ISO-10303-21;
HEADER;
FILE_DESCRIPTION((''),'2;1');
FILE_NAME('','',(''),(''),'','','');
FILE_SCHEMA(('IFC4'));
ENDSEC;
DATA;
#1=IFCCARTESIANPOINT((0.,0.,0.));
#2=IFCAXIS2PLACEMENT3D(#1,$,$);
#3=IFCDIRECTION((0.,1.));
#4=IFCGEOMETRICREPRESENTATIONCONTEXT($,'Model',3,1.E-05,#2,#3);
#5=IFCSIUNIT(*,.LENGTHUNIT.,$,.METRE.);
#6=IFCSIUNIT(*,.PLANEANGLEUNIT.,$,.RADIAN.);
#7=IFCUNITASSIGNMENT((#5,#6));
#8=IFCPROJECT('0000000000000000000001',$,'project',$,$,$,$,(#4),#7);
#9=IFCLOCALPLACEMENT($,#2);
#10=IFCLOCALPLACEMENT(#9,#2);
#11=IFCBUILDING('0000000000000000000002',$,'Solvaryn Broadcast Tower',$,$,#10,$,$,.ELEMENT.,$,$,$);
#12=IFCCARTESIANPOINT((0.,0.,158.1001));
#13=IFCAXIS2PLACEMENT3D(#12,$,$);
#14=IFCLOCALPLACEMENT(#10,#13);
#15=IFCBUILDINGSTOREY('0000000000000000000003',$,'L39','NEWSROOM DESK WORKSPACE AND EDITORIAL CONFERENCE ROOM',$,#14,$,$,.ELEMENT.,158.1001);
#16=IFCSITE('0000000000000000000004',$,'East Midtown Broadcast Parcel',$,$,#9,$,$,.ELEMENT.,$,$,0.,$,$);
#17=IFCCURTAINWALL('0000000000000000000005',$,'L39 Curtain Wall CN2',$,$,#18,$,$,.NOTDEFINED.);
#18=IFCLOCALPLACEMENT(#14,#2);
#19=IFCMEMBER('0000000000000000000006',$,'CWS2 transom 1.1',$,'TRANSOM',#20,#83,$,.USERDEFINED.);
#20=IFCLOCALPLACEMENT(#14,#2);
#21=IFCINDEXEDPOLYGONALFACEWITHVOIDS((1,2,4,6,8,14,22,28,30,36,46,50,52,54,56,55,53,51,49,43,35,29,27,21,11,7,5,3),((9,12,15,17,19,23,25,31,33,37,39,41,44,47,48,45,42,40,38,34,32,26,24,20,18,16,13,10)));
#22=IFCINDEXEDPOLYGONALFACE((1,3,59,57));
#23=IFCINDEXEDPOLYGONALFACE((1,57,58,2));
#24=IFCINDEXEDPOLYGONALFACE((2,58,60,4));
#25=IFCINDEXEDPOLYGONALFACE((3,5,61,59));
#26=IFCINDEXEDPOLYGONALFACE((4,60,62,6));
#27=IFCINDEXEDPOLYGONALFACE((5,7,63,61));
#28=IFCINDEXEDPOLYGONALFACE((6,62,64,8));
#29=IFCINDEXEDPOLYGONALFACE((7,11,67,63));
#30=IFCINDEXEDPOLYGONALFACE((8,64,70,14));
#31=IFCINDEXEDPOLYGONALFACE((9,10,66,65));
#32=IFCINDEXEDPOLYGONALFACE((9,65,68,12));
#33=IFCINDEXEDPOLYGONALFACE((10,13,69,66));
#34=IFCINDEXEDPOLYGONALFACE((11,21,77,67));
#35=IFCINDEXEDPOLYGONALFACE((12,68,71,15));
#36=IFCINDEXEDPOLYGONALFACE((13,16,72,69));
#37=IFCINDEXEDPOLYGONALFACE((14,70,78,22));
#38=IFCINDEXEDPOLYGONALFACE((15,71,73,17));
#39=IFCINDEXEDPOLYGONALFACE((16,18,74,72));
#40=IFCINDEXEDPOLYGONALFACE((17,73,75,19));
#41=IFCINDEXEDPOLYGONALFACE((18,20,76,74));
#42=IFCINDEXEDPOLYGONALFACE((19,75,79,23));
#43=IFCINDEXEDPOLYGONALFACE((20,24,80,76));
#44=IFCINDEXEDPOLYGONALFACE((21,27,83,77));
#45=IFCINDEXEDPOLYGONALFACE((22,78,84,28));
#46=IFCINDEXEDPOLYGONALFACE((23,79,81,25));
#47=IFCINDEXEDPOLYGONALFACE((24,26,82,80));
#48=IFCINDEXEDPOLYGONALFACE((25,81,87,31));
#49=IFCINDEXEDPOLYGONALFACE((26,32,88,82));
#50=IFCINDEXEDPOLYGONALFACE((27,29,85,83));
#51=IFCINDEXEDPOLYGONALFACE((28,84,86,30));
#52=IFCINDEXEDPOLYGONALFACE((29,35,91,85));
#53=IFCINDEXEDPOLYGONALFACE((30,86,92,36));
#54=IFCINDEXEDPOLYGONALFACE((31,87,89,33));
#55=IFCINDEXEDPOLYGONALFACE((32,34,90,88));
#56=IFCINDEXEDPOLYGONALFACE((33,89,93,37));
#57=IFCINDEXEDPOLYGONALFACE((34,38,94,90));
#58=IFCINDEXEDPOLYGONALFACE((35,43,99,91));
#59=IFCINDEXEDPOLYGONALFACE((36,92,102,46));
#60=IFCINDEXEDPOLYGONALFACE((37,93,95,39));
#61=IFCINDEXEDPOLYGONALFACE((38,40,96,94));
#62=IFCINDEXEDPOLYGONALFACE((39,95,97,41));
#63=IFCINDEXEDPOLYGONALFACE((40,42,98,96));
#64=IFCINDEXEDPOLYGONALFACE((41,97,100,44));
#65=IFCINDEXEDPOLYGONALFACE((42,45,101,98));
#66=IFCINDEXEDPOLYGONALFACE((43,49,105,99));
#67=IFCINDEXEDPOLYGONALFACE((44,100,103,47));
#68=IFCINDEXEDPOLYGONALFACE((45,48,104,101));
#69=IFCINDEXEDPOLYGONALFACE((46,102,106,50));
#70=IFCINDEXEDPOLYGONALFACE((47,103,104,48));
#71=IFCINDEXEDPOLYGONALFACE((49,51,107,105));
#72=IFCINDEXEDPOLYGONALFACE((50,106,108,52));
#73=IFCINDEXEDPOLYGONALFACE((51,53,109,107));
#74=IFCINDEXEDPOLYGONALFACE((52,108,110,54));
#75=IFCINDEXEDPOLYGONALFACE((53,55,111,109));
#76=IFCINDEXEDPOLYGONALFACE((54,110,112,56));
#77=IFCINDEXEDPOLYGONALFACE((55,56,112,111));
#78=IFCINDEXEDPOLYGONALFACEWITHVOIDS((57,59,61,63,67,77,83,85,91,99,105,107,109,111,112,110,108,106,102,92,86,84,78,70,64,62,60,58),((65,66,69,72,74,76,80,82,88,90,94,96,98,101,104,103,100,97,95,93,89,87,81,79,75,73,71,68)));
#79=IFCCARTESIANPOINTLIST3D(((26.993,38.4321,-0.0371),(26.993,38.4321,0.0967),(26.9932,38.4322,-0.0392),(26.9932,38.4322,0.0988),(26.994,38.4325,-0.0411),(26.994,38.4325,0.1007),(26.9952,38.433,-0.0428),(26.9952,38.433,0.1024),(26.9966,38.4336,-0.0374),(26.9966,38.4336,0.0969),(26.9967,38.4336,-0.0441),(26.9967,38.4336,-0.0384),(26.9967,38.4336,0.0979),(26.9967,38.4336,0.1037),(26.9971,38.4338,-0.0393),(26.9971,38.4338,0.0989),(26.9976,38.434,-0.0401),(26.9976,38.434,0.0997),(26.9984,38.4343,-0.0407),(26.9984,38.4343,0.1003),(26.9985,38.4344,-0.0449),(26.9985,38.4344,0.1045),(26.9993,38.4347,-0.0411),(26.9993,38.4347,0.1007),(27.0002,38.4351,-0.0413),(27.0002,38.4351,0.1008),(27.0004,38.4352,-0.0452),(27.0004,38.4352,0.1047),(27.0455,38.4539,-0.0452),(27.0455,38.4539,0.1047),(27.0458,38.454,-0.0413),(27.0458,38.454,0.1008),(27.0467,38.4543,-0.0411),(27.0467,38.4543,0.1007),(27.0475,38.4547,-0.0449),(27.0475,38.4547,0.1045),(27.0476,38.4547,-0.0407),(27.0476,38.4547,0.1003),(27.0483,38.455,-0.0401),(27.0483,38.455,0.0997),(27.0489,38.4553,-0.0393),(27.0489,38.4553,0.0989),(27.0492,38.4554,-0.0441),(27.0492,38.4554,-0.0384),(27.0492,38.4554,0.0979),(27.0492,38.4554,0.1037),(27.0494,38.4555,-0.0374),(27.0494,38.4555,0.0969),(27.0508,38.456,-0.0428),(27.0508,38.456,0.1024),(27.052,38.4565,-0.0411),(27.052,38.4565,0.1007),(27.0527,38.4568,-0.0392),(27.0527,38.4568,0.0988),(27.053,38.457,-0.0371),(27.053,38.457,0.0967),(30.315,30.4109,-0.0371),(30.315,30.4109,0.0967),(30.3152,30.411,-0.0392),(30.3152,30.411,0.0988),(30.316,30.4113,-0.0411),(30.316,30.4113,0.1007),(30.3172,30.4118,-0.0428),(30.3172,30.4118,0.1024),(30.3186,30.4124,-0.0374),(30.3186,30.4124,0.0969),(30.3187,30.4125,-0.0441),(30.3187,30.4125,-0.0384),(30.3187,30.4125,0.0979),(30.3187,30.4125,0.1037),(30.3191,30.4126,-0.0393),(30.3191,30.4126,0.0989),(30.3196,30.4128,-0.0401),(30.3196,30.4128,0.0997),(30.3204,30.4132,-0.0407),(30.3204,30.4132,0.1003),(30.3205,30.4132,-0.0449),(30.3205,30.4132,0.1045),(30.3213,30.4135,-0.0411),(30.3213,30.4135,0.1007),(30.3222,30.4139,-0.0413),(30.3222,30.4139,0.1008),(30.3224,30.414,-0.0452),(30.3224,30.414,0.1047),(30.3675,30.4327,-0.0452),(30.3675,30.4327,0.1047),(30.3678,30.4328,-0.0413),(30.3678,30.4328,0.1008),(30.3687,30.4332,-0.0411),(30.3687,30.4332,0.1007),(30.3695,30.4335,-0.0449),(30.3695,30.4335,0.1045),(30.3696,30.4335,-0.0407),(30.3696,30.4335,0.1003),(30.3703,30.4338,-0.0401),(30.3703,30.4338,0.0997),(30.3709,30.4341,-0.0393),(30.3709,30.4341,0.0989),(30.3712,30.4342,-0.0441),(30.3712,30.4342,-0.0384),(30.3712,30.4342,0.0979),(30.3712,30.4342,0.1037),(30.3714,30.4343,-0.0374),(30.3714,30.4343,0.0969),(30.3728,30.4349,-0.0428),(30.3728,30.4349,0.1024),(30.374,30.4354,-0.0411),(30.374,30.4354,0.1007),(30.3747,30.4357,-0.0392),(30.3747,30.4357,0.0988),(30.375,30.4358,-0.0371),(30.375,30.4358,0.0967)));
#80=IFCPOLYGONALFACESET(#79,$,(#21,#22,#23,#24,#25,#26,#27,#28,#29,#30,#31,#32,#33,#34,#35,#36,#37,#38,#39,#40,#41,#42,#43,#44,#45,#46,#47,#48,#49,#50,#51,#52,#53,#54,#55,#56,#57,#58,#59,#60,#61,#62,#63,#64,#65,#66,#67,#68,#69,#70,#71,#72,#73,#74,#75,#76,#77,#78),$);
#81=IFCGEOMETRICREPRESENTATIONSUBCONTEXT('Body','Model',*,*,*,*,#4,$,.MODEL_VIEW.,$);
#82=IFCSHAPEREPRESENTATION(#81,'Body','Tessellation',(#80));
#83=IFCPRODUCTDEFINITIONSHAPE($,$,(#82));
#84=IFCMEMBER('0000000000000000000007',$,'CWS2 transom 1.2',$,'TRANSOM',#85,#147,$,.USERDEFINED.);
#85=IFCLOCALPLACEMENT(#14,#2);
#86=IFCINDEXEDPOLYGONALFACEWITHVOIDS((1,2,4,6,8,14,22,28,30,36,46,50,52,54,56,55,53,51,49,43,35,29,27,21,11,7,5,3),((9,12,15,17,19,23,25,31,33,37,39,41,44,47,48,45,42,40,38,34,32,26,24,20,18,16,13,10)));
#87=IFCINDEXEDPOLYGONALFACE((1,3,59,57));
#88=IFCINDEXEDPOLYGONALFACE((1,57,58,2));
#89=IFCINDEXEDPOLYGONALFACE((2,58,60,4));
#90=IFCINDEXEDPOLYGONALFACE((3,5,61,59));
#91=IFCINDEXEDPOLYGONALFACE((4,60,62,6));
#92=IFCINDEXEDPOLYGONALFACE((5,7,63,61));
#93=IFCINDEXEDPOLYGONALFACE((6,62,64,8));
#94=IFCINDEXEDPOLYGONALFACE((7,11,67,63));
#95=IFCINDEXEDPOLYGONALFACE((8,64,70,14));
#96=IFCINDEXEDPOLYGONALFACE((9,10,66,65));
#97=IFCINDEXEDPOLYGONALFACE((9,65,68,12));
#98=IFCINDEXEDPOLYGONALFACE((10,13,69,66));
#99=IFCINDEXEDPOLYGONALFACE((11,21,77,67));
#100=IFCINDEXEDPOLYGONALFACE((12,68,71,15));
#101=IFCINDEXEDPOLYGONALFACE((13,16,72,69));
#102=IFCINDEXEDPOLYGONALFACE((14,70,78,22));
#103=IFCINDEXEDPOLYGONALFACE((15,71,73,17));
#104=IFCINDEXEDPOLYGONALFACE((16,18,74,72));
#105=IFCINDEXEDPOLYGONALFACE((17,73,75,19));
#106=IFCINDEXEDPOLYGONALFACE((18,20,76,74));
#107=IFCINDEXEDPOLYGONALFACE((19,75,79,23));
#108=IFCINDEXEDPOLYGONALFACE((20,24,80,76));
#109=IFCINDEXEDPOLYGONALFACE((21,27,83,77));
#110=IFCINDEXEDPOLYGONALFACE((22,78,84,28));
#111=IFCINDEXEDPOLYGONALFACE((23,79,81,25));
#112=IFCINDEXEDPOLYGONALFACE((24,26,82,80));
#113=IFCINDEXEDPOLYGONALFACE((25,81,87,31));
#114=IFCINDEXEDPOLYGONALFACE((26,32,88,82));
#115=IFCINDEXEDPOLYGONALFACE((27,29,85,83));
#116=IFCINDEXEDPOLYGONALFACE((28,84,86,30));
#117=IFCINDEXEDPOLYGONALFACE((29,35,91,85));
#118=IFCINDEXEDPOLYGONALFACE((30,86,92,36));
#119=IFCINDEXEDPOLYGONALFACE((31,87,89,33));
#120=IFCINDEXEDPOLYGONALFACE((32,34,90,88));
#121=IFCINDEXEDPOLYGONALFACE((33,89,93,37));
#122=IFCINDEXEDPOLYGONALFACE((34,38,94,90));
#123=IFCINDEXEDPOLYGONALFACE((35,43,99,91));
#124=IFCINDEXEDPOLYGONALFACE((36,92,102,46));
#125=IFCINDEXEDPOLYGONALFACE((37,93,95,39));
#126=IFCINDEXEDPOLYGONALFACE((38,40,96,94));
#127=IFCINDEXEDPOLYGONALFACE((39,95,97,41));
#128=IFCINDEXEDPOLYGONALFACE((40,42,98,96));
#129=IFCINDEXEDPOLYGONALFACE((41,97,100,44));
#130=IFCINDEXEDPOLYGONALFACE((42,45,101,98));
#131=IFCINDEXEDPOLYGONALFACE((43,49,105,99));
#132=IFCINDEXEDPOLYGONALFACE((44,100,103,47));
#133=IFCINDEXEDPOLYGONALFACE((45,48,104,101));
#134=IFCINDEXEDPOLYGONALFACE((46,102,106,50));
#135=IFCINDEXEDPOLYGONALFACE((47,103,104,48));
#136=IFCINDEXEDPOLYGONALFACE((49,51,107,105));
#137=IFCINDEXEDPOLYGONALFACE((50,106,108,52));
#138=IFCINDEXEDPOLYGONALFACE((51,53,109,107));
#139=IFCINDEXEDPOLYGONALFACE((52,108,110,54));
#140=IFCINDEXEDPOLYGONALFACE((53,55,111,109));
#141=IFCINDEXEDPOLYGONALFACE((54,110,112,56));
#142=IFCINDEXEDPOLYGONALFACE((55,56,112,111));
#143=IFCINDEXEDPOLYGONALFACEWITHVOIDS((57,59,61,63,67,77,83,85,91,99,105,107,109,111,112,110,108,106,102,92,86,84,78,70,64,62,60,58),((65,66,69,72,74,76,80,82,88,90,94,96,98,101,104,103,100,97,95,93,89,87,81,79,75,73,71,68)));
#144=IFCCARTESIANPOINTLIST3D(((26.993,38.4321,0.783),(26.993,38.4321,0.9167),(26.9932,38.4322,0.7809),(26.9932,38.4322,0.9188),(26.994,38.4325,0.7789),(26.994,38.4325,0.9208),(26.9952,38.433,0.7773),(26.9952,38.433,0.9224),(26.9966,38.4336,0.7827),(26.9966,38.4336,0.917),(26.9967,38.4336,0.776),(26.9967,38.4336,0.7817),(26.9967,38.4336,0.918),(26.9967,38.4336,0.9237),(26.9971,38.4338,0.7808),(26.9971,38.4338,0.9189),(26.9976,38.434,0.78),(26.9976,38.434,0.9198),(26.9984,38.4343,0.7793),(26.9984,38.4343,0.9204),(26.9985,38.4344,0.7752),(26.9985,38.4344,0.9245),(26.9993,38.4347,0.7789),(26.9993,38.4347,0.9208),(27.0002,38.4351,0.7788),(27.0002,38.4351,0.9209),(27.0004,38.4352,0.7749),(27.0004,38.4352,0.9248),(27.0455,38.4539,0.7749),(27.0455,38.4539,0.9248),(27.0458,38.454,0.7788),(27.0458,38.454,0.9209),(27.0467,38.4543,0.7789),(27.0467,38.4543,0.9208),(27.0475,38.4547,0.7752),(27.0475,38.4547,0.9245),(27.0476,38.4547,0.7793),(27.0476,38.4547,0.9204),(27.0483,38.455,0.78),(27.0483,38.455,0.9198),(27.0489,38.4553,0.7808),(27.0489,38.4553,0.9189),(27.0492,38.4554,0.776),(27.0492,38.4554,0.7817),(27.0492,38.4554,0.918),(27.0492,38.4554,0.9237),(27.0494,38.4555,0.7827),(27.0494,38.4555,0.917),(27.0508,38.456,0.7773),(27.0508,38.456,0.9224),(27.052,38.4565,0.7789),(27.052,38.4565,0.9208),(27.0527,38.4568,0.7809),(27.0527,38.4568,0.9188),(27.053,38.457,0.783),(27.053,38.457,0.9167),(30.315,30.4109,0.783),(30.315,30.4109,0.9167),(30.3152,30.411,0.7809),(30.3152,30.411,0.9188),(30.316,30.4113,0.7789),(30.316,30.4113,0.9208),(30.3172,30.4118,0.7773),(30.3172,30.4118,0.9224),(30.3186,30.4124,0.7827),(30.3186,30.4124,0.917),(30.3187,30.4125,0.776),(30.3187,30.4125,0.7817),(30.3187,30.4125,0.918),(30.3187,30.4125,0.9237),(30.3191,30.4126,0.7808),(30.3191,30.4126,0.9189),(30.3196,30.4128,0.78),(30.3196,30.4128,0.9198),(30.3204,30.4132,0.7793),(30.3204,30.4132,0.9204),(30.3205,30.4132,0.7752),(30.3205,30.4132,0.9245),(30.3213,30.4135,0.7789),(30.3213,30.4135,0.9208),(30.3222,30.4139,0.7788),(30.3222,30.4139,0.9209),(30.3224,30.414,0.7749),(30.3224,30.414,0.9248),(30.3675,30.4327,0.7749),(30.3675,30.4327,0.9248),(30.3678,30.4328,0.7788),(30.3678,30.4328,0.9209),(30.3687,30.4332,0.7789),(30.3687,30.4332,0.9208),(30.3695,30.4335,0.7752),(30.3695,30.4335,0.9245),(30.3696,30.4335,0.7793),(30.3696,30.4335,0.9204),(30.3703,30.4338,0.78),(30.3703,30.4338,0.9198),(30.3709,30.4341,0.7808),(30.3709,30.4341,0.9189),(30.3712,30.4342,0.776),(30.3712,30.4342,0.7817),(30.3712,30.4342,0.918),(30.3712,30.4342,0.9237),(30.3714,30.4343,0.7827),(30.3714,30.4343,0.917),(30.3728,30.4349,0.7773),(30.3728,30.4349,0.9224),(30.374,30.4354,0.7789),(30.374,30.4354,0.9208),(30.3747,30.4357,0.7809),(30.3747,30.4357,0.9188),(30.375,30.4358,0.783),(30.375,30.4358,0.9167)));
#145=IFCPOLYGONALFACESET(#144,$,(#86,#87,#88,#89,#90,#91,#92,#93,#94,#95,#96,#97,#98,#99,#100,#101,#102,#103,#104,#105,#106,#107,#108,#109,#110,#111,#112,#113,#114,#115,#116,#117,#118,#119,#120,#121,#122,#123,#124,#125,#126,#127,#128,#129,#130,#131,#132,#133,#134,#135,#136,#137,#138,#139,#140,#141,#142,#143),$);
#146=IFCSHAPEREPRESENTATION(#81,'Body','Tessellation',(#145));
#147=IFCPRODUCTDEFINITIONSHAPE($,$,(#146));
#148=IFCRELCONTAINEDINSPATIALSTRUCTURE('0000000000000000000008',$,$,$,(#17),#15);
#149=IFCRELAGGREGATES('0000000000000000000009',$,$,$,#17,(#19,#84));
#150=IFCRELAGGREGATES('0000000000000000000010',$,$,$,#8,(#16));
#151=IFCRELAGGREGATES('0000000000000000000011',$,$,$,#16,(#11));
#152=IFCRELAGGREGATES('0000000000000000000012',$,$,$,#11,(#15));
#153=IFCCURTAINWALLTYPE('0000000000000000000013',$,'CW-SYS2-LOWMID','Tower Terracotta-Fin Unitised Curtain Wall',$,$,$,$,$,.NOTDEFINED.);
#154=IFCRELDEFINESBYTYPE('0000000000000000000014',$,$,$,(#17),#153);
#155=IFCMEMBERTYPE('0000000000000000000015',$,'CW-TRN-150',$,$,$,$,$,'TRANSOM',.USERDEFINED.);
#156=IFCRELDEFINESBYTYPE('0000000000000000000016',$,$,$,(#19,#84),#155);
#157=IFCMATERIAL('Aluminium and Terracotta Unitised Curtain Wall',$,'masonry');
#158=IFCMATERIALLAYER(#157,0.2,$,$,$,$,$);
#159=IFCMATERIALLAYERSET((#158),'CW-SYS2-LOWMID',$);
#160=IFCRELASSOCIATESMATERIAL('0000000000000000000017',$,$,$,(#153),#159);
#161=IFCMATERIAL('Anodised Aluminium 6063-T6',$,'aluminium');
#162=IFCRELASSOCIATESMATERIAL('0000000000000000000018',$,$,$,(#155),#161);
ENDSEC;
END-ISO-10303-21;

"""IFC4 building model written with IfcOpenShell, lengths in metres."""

from ifc_helpers import new_model, si_unit, direction, frame, origin, origin_2d, place, context, subcontext, project, spatial, hollow_rectangle, extrude, material, layer, layer_set, material_profile, profile_set, type_object, element, aggregate, save


model = new_model("IFC4")

# Units and contexts
model_context = context("Model", 3, precision=1e-05, world=origin(), true_north=direction((0.0, 1.0)))
body_context = subcontext(model_context, "Body", "Model", "MODEL_VIEW")
ifc_project = project(units=[si_unit("LENGTHUNIT", "METRE"), si_unit("PLANEANGLEUNIT", "RADIAN")], contexts=[model_context])

# Site, building, storey
site_placement = place(None, origin())
site = spatial("IfcSite", under=ifc_project, at=site_placement, Name="East Midtown Broadcast Parcel", CompositionType="ELEMENT", RefElevation=0.0)
building_placement = place(site_placement, origin())
building = spatial("IfcBuilding", under=site, at=building_placement, Name="Solvaryn Broadcast Tower", CompositionType="ELEMENT")
storey_placement = place(building_placement, frame((0.0, 0.0, 158.1001)))
storey = spatial("IfcBuildingStorey", under=building, at=storey_placement, Name="L39", Description="NEWSROOM DESK WORKSPACE AND EDITORIAL CONFERENCE ROOM", CompositionType="ELEMENT", Elevation=158.1001)

# Shared definitions
ifc_material_1 = material(Name="Aluminium and Terracotta Unitised Curtain Wall", Category="masonry")
ifc_layer_1 = layer(ifc_material_1, 0.2)
ifc_layer_set_1 = layer_set([ifc_layer_1], Name="CW-SYS2-LOWMID")
curtain_wall_type = type_object("IfcCurtainWallType", Name="CW-SYS2-LOWMID", Description="Tower Terracotta-Fin Unitised Curtain Wall", PredefinedType="NOTDEFINED", material=ifc_layer_set_1)

# Curtain wall, members
curtain_wall_1_placement = place(storey_placement, origin())
curtain_wall_1 = element("IfcCurtainWall", 1, at=curtain_wall_1_placement, inside=storey, type_object=curtain_wall_type, Name="L39 Curtain Wall CN2", PredefinedType="NOTDEFINED")
ifc_material_2 = material(Name="Anodised Aluminium 6063-T6", Category="aluminium")
ifc_material_profile_1 = material_profile(ifc_material_2, hollow_rectangle(XDim=0.0649, YDim=0.1499, WallThickness=0.0039, InnerFilletRadius=0.0039, OuterFilletRadius=0.0081, at=origin_2d()))
ifc_profile_set_1 = profile_set([ifc_material_profile_1], Name="Anodised Aluminium 6063-T6")
member_type_1 = type_object("IfcMemberType", Name="CW-TRN-150", ElementType="TRANSOM", PredefinedType="USERDEFINED", material=ifc_profile_set_1)
member_1_placement = place(storey_placement, frame((30.345, 30.4233, 0.0298), z_axis=(-0.382636, 0.923899, 0.0), x_axis=(-0.923899, -0.382636, 0.0)))
member_1 = element("IfcMember", 2, at=member_1_placement, type_object=member_type_1, Name="CWS2 transom 1.1", ObjectType="TRANSOM", PredefinedType="USERDEFINED", context=body_context, shape_type="SweptSolid", body=[
    extrude(hollow_rectangle(XDim=0.0649, YDim=0.1499, WallThickness=0.0039, InnerFilletRadius=0.0039, OuterFilletRadius=0.0081, at=origin_2d()), origin(), (0.0, 0.0, 1.0), 8.6819),
])
member_2_placement = place(storey_placement, frame((30.345, 30.4233, 0.8499), z_axis=(-0.382636, 0.923899, 0.0), x_axis=(-0.923899, -0.382636, 0.0)))
member_2 = element("IfcMember", 3, at=member_2_placement, type_object=member_type_1, Name="CWS2 transom 1.2", ObjectType="TRANSOM", PredefinedType="USERDEFINED", context=body_context, shape_type="SweptSolid", body=[
    extrude(hollow_rectangle(XDim=0.0649, YDim=0.1499, WallThickness=0.0039, InnerFilletRadius=0.0039, OuterFilletRadius=0.0081, at=origin_2d()), origin(), (0.0, 0.0, 1.0), 8.6819),
])

aggregate(curtain_wall_1, [member_1, member_2])

save(model, "model.ifc")
